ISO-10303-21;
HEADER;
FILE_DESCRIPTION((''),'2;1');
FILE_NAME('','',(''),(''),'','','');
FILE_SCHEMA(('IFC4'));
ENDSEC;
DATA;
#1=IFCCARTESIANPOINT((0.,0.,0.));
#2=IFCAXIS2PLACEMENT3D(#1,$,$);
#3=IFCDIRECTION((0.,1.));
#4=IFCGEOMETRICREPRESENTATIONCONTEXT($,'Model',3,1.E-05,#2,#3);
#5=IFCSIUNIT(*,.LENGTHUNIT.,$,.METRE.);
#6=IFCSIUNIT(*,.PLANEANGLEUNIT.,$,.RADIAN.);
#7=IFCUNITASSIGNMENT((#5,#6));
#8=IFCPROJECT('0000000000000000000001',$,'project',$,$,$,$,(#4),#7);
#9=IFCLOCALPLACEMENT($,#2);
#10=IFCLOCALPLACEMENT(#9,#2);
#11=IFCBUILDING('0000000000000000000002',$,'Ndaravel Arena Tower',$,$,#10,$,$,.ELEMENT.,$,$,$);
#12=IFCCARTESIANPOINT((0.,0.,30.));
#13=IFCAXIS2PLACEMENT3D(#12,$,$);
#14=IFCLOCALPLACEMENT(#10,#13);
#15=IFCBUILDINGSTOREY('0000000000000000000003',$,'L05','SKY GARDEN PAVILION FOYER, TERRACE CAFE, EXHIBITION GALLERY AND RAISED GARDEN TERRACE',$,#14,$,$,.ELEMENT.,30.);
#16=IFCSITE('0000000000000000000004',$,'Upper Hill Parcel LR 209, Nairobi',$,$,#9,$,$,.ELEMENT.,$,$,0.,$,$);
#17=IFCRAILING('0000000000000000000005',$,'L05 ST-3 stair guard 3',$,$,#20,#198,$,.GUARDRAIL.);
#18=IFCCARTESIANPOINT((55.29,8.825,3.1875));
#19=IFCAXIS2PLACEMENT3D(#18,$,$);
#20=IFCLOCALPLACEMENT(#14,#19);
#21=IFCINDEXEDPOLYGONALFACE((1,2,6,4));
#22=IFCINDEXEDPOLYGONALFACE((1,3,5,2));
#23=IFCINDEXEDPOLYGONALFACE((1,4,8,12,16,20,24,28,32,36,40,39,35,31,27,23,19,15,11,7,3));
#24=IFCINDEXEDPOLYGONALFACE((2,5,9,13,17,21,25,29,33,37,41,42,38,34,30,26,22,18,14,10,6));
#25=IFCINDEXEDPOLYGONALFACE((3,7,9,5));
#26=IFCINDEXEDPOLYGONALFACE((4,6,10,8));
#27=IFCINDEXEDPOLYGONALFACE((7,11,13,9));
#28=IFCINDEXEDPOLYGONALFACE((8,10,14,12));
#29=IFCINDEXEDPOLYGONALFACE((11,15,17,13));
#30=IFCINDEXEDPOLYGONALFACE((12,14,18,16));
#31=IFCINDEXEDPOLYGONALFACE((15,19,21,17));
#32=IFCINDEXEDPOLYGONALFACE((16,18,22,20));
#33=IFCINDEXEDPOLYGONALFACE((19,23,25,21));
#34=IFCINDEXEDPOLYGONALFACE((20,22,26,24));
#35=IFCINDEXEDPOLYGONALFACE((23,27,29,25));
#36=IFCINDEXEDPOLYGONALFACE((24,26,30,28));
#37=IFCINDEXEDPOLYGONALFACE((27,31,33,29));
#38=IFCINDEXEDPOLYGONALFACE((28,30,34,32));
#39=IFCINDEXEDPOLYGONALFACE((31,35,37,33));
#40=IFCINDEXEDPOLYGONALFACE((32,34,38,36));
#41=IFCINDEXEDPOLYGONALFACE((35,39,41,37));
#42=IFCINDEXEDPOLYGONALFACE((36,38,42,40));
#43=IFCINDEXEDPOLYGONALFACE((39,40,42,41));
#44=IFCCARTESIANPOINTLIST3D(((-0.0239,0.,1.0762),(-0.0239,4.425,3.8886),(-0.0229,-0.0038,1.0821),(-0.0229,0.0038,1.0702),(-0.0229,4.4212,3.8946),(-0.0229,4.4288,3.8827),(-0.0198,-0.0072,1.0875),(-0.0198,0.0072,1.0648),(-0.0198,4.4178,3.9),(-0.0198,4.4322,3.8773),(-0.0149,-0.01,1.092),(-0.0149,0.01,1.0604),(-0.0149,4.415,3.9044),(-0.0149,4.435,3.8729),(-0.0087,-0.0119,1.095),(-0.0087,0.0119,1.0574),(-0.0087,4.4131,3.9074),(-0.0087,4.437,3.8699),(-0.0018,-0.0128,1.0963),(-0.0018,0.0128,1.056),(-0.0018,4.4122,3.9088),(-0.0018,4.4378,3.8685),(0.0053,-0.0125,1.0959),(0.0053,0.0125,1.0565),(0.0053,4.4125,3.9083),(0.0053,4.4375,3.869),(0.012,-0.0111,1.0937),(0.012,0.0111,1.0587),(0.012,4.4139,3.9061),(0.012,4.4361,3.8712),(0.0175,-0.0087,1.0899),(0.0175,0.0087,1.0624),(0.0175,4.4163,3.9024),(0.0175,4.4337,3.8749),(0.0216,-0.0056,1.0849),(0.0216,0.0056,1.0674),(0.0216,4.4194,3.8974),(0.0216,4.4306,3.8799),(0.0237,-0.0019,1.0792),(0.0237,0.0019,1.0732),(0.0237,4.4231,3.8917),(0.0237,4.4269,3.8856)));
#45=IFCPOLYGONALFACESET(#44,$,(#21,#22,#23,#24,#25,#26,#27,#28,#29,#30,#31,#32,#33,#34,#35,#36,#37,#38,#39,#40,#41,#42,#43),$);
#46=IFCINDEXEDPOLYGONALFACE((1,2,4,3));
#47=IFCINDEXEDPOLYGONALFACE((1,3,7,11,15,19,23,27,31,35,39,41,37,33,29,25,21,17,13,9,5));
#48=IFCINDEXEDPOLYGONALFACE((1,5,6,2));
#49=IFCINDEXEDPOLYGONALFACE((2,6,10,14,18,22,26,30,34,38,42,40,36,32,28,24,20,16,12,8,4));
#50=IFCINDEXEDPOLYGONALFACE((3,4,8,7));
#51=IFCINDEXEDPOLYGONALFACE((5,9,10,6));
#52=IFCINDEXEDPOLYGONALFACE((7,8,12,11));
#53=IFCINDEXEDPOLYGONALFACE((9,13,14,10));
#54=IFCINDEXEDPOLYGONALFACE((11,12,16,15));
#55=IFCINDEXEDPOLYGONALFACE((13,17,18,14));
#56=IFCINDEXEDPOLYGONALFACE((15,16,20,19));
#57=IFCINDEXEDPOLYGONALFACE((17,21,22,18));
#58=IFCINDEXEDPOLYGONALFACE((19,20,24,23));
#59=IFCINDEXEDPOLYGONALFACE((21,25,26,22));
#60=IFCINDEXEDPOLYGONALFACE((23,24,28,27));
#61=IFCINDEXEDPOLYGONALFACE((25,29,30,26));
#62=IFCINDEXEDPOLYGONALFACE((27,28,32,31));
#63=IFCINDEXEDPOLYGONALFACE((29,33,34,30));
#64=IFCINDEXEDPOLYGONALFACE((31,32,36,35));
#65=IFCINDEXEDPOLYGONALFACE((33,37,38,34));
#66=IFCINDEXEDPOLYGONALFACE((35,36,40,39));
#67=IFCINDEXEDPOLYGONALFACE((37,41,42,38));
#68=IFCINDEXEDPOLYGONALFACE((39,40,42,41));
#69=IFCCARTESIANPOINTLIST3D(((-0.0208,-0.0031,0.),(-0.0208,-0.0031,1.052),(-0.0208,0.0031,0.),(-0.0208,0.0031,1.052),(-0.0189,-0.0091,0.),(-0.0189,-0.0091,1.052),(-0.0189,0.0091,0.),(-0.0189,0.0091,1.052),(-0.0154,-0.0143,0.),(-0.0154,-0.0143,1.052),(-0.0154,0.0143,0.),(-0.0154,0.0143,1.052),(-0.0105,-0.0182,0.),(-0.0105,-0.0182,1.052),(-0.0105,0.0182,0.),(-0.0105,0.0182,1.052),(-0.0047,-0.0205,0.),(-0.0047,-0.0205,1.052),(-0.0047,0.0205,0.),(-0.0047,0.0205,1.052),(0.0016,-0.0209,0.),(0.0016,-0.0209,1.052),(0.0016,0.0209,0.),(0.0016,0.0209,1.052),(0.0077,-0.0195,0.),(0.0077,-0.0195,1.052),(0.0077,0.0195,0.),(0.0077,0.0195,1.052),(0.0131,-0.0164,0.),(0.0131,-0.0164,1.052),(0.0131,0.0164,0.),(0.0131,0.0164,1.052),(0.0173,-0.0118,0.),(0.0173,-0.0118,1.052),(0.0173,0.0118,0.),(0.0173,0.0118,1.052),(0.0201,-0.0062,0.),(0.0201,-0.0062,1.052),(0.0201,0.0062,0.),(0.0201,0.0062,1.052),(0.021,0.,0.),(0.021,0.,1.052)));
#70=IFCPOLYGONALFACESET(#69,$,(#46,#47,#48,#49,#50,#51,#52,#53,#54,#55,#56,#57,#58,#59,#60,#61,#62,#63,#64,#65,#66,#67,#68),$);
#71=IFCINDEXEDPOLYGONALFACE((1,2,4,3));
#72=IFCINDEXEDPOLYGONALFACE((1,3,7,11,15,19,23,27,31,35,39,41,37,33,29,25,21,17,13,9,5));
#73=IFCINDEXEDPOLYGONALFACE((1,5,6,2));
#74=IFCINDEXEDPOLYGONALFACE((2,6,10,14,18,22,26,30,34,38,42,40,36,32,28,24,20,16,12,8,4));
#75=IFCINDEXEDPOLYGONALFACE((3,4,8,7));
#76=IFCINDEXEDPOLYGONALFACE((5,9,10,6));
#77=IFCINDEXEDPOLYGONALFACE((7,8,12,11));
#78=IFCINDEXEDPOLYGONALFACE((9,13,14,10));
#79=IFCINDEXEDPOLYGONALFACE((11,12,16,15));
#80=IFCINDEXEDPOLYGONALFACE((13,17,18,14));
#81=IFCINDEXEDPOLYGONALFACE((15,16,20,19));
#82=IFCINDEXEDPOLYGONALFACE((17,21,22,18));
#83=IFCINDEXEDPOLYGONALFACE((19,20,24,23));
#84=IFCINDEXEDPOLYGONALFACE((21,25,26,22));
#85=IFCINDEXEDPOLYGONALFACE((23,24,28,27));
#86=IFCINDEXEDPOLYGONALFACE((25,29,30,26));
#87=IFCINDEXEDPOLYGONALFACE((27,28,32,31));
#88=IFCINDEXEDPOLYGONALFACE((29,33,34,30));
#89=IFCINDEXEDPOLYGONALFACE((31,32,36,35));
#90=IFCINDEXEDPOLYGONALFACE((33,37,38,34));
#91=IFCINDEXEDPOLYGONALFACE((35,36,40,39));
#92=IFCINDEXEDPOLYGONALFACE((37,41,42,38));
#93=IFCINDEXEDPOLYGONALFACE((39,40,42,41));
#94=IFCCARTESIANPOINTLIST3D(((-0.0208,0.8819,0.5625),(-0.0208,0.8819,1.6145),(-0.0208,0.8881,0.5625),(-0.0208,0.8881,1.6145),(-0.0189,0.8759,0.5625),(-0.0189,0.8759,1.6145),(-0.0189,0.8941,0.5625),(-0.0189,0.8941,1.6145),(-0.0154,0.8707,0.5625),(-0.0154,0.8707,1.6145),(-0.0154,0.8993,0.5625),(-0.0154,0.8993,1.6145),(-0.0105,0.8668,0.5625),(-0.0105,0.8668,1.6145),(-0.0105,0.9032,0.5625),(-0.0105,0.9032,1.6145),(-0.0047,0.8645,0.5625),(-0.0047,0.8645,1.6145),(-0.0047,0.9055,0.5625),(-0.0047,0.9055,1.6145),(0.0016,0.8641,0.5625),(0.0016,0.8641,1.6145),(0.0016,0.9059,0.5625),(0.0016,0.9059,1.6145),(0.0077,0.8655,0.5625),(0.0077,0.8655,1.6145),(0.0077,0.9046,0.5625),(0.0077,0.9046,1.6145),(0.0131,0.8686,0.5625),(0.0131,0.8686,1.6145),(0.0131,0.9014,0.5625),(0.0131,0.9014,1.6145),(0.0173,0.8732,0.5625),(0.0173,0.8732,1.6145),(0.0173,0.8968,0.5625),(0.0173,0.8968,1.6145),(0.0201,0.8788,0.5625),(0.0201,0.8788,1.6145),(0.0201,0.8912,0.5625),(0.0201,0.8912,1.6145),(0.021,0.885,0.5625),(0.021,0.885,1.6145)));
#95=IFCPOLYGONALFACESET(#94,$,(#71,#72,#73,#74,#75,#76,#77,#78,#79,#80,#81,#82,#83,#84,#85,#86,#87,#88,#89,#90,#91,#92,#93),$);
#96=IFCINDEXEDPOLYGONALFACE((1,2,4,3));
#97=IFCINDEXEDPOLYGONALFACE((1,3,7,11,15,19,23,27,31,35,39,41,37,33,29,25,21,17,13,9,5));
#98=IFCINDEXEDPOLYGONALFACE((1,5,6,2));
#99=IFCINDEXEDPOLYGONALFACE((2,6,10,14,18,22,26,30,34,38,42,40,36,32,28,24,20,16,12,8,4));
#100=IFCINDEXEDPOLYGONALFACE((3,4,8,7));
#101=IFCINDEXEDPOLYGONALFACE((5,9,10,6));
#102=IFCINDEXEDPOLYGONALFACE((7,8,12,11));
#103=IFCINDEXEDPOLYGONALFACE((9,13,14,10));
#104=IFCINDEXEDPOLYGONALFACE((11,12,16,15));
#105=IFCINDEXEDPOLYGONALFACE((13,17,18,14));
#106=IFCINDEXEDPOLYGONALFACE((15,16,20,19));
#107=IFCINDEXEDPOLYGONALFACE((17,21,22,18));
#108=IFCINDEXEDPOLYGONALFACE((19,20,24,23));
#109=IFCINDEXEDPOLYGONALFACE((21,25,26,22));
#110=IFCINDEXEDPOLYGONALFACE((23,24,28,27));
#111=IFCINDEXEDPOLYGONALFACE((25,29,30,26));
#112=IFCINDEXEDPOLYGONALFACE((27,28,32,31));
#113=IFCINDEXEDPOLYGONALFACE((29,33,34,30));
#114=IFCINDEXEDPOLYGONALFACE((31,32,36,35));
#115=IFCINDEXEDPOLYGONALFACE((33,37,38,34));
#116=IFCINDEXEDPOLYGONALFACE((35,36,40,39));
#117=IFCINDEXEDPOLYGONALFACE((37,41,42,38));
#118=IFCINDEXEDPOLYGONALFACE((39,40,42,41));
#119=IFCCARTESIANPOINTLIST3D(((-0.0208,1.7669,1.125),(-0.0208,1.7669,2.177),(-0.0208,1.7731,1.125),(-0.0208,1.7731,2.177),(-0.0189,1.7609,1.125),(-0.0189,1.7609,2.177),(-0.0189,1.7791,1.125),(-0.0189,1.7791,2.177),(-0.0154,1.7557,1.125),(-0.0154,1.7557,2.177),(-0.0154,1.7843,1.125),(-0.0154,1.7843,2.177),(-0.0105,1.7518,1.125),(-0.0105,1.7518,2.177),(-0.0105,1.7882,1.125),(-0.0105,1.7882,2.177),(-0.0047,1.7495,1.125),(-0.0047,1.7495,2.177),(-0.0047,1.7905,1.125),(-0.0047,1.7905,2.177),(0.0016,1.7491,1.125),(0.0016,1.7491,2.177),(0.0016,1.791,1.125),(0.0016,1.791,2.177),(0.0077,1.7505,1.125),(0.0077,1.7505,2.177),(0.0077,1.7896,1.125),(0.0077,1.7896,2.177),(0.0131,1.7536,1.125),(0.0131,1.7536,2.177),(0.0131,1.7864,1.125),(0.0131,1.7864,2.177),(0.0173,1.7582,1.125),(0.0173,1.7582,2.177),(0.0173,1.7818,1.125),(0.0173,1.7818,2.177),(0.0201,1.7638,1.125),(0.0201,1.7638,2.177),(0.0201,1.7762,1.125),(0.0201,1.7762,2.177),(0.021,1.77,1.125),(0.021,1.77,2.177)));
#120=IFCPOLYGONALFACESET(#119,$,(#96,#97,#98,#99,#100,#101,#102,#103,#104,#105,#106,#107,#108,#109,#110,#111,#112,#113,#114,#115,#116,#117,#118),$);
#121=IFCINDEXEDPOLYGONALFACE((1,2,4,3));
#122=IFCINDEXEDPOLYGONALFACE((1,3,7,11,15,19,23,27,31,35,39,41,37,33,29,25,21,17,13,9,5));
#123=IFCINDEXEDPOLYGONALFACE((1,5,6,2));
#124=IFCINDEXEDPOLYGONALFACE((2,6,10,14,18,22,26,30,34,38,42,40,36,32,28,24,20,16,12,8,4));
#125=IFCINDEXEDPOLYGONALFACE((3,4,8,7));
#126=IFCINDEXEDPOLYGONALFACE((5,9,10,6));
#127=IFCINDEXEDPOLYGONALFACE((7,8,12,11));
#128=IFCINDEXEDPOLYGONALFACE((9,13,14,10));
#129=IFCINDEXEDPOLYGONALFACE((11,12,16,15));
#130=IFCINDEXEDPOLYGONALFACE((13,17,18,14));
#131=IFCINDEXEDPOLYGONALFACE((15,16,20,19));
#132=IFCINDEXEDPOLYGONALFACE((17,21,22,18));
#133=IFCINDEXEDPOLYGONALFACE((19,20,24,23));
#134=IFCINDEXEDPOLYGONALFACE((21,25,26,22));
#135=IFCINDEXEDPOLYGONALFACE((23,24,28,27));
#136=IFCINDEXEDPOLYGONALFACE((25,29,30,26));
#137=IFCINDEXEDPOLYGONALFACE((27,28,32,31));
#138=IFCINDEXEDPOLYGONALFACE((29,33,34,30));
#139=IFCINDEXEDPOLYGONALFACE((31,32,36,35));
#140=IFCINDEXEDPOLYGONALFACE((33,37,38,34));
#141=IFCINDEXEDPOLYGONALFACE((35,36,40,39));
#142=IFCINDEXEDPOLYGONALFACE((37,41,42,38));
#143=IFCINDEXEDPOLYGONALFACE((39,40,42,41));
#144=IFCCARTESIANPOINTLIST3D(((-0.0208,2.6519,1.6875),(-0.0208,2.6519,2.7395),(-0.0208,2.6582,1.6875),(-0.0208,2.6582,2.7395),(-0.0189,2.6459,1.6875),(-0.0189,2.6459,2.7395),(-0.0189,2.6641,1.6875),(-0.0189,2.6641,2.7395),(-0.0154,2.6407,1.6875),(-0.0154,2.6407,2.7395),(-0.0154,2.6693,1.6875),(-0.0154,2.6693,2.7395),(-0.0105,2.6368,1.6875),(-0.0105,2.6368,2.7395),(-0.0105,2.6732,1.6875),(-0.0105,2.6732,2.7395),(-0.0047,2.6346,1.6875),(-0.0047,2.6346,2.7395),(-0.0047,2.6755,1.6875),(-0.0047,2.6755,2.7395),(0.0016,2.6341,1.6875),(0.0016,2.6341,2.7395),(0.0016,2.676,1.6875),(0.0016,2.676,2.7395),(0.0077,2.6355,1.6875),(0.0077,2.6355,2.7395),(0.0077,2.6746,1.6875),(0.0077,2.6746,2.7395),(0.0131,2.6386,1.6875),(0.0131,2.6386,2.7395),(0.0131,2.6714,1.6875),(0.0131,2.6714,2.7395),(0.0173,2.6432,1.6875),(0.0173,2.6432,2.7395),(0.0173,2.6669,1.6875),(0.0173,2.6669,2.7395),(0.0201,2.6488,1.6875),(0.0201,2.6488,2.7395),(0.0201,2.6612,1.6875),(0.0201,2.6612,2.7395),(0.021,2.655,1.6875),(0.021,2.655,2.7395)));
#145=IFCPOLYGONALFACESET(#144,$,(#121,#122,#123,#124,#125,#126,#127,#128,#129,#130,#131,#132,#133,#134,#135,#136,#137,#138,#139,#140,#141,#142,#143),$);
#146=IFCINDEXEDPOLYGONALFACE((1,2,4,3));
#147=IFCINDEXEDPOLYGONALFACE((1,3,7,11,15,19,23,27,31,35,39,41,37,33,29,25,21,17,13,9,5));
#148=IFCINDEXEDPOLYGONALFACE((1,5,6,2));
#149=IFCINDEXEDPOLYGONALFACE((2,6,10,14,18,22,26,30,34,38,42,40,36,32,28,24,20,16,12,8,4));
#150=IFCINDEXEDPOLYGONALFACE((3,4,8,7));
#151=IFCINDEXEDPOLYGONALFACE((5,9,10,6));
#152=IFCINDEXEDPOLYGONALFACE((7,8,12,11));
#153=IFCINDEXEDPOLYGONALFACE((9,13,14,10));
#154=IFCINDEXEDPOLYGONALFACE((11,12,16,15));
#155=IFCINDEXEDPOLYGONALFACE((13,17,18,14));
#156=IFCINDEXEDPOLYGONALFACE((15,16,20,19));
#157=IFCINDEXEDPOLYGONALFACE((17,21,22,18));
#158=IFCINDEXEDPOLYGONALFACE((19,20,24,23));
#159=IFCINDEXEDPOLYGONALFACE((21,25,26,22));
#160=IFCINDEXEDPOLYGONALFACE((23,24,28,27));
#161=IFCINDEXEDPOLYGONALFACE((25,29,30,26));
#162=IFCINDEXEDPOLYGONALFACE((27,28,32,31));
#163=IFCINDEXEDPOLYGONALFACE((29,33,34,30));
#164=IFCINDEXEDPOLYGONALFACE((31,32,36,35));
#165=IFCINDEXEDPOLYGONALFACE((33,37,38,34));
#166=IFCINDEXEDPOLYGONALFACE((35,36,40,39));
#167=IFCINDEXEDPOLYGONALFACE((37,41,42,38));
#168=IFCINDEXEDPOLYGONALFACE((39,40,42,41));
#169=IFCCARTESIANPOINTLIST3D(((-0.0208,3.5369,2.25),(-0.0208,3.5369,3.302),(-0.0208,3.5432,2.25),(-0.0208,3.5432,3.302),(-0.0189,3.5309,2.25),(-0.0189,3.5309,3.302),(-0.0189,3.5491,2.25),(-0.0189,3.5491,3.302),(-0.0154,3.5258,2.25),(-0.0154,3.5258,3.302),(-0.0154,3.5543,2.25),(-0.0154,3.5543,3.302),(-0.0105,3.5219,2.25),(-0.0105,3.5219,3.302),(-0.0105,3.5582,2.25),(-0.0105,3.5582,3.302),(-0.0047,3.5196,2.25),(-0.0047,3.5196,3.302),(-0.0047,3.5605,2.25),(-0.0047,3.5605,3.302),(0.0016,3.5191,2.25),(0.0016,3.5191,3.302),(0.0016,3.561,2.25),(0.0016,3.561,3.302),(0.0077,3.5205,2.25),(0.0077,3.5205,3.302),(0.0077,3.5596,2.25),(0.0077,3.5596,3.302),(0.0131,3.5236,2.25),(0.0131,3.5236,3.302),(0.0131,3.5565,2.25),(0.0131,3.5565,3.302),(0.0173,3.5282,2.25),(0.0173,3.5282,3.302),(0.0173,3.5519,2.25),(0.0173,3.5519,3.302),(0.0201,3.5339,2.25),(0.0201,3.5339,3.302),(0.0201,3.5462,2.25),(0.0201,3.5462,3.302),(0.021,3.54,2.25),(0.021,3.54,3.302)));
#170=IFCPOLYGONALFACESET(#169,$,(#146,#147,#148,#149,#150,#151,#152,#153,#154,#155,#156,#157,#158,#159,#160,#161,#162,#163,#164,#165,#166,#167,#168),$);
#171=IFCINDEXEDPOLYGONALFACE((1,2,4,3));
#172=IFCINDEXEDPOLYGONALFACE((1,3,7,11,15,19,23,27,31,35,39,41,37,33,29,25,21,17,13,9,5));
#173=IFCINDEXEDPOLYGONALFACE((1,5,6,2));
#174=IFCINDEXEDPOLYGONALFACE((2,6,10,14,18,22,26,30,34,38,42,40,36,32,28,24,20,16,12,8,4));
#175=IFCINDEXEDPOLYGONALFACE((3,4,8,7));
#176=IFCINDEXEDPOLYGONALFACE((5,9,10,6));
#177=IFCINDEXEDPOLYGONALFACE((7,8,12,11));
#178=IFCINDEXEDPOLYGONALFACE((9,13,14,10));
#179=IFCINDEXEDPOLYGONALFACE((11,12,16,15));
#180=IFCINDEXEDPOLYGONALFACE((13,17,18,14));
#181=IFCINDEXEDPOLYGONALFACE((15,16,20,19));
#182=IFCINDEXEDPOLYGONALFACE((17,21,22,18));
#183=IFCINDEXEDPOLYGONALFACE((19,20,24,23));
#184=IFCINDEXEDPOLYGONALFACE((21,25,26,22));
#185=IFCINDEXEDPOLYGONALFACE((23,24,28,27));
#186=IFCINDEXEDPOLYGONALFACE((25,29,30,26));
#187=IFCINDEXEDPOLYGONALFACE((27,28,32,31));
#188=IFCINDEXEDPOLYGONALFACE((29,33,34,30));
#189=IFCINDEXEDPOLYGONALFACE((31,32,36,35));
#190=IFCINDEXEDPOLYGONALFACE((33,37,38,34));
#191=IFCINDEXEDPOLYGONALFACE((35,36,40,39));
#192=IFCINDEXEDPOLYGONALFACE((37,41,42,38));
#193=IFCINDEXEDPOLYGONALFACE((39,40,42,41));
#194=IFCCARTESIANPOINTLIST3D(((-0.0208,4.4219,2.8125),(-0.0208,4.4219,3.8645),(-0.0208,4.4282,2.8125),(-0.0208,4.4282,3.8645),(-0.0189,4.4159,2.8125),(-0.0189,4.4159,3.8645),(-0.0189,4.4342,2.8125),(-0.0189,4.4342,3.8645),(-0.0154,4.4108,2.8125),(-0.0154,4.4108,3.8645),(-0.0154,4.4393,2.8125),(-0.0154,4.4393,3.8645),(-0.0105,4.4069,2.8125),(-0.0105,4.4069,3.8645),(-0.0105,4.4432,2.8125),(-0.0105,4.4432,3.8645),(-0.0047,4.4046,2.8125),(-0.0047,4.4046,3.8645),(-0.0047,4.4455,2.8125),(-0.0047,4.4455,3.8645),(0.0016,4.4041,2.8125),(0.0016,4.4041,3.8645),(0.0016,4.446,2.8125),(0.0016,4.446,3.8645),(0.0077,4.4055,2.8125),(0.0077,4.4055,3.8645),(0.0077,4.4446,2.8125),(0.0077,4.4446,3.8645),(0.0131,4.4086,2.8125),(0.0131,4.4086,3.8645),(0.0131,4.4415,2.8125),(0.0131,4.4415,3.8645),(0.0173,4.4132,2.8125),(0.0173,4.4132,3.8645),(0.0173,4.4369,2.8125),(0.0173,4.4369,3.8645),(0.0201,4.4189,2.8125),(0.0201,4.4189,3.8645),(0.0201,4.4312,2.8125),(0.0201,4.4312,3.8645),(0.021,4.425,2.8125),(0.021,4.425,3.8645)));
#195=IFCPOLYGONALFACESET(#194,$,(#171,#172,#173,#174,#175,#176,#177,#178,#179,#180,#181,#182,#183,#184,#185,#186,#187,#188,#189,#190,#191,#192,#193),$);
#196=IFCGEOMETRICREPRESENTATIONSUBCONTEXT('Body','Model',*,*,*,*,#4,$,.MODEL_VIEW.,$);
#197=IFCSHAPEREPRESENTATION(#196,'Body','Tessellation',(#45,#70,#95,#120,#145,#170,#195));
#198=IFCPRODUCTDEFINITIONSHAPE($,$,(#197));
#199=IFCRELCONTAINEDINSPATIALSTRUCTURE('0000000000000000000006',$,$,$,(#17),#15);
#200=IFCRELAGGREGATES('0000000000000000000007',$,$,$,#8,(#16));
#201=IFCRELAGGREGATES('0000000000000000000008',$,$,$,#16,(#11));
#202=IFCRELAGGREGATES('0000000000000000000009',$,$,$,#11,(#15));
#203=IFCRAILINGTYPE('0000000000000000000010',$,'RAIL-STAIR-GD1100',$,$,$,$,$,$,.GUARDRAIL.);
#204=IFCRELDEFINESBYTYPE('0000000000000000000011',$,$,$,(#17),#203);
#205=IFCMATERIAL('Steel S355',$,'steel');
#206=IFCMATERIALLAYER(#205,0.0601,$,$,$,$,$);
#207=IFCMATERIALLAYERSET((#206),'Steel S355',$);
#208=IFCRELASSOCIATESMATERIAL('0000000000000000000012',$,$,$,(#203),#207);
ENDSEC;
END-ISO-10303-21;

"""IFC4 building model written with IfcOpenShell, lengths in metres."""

from ifc_helpers import new_model, si_unit, direction, frame, origin, origin_2d, place, context, subcontext, project, spatial, circle, extrude, material, layer, layer_set, type_object, element, save


model = new_model("IFC4")

# Units and contexts
model_context = context("Model", 3, precision=1e-05, world=origin(), true_north=direction((0.0, 1.0)))
body_context = subcontext(model_context, "Body", "Model", "MODEL_VIEW")
ifc_project = project(units=[si_unit("LENGTHUNIT", "METRE"), si_unit("PLANEANGLEUNIT", "RADIAN")], contexts=[model_context])

# Site, building, storey
site_placement = place(None, origin())
site = spatial("IfcSite", under=ifc_project, at=site_placement, Name="Upper Hill Parcel LR 209, Nairobi", CompositionType="ELEMENT", RefElevation=0.0)
building_placement = place(site_placement, origin())
building = spatial("IfcBuilding", under=site, at=building_placement, Name="Ndaravel Arena Tower", CompositionType="ELEMENT")
storey_placement = place(building_placement, frame((0.0, 0.0, 30.0)))
storey = spatial("IfcBuildingStorey", under=building, at=storey_placement, Name="L05", Description="SKY GARDEN PAVILION FOYER, TERRACE CAFE, EXHIBITION GALLERY AND RAISED GARDEN TERRACE", CompositionType="ELEMENT", Elevation=30.0)

# Railing
ifc_material_1 = material(Name="Steel S355", Category="steel")
ifc_layer_1 = layer(ifc_material_1, 0.0601)
ifc_layer_set_1 = layer_set([ifc_layer_1], Name="Steel S355")
railing_type_1 = type_object("IfcRailingType", Name="RAIL-STAIR-GD1100", PredefinedType="GUARDRAIL", material=ifc_layer_set_1)
railing_1_placement = place(storey_placement, frame((55.29, 8.825, 3.1875)))
element("IfcRailing", 1, at=railing_1_placement, inside=storey, type_object=railing_type_1, Name="L05 ST-3 stair guard 3", PredefinedType="GUARDRAIL", context=body_context, shape_type="SweptSolid", body=[
    extrude(circle(Radius=0.0239, at=origin_2d()), frame((0.0, 0.0, 1.0762), z_axis=(0.0, 0.843959, 0.536408), x_axis=(-1.0, 0.0, 0.0)), (0.0, 0.0, 1.0), 5.2432),
    extrude(circle(Radius=0.021, at=origin_2d()), origin(), (0.0, 0.0, 1.0), 1.052),
    extrude(circle(Radius=0.021, at=origin_2d()), frame((0.0, 0.885, 0.5625)), (0.0, 0.0, 1.0), 1.052),
    extrude(circle(Radius=0.021, at=origin_2d()), frame((0.0, 1.77, 1.125)), (0.0, 0.0, 1.0), 1.052),
    extrude(circle(Radius=0.021, at=origin_2d()), frame((0.0, 2.655, 1.6875)), (0.0, 0.0, 1.0), 1.052),
    extrude(circle(Radius=0.021, at=origin_2d()), frame((0.0, 3.54, 2.25)), (0.0, 0.0, 1.0), 1.052),
    extrude(circle(Radius=0.021, at=origin_2d()), frame((0.0, 4.425, 2.8125)), (0.0, 0.0, 1.0), 1.052),
])

save(model, "model.ifc")
